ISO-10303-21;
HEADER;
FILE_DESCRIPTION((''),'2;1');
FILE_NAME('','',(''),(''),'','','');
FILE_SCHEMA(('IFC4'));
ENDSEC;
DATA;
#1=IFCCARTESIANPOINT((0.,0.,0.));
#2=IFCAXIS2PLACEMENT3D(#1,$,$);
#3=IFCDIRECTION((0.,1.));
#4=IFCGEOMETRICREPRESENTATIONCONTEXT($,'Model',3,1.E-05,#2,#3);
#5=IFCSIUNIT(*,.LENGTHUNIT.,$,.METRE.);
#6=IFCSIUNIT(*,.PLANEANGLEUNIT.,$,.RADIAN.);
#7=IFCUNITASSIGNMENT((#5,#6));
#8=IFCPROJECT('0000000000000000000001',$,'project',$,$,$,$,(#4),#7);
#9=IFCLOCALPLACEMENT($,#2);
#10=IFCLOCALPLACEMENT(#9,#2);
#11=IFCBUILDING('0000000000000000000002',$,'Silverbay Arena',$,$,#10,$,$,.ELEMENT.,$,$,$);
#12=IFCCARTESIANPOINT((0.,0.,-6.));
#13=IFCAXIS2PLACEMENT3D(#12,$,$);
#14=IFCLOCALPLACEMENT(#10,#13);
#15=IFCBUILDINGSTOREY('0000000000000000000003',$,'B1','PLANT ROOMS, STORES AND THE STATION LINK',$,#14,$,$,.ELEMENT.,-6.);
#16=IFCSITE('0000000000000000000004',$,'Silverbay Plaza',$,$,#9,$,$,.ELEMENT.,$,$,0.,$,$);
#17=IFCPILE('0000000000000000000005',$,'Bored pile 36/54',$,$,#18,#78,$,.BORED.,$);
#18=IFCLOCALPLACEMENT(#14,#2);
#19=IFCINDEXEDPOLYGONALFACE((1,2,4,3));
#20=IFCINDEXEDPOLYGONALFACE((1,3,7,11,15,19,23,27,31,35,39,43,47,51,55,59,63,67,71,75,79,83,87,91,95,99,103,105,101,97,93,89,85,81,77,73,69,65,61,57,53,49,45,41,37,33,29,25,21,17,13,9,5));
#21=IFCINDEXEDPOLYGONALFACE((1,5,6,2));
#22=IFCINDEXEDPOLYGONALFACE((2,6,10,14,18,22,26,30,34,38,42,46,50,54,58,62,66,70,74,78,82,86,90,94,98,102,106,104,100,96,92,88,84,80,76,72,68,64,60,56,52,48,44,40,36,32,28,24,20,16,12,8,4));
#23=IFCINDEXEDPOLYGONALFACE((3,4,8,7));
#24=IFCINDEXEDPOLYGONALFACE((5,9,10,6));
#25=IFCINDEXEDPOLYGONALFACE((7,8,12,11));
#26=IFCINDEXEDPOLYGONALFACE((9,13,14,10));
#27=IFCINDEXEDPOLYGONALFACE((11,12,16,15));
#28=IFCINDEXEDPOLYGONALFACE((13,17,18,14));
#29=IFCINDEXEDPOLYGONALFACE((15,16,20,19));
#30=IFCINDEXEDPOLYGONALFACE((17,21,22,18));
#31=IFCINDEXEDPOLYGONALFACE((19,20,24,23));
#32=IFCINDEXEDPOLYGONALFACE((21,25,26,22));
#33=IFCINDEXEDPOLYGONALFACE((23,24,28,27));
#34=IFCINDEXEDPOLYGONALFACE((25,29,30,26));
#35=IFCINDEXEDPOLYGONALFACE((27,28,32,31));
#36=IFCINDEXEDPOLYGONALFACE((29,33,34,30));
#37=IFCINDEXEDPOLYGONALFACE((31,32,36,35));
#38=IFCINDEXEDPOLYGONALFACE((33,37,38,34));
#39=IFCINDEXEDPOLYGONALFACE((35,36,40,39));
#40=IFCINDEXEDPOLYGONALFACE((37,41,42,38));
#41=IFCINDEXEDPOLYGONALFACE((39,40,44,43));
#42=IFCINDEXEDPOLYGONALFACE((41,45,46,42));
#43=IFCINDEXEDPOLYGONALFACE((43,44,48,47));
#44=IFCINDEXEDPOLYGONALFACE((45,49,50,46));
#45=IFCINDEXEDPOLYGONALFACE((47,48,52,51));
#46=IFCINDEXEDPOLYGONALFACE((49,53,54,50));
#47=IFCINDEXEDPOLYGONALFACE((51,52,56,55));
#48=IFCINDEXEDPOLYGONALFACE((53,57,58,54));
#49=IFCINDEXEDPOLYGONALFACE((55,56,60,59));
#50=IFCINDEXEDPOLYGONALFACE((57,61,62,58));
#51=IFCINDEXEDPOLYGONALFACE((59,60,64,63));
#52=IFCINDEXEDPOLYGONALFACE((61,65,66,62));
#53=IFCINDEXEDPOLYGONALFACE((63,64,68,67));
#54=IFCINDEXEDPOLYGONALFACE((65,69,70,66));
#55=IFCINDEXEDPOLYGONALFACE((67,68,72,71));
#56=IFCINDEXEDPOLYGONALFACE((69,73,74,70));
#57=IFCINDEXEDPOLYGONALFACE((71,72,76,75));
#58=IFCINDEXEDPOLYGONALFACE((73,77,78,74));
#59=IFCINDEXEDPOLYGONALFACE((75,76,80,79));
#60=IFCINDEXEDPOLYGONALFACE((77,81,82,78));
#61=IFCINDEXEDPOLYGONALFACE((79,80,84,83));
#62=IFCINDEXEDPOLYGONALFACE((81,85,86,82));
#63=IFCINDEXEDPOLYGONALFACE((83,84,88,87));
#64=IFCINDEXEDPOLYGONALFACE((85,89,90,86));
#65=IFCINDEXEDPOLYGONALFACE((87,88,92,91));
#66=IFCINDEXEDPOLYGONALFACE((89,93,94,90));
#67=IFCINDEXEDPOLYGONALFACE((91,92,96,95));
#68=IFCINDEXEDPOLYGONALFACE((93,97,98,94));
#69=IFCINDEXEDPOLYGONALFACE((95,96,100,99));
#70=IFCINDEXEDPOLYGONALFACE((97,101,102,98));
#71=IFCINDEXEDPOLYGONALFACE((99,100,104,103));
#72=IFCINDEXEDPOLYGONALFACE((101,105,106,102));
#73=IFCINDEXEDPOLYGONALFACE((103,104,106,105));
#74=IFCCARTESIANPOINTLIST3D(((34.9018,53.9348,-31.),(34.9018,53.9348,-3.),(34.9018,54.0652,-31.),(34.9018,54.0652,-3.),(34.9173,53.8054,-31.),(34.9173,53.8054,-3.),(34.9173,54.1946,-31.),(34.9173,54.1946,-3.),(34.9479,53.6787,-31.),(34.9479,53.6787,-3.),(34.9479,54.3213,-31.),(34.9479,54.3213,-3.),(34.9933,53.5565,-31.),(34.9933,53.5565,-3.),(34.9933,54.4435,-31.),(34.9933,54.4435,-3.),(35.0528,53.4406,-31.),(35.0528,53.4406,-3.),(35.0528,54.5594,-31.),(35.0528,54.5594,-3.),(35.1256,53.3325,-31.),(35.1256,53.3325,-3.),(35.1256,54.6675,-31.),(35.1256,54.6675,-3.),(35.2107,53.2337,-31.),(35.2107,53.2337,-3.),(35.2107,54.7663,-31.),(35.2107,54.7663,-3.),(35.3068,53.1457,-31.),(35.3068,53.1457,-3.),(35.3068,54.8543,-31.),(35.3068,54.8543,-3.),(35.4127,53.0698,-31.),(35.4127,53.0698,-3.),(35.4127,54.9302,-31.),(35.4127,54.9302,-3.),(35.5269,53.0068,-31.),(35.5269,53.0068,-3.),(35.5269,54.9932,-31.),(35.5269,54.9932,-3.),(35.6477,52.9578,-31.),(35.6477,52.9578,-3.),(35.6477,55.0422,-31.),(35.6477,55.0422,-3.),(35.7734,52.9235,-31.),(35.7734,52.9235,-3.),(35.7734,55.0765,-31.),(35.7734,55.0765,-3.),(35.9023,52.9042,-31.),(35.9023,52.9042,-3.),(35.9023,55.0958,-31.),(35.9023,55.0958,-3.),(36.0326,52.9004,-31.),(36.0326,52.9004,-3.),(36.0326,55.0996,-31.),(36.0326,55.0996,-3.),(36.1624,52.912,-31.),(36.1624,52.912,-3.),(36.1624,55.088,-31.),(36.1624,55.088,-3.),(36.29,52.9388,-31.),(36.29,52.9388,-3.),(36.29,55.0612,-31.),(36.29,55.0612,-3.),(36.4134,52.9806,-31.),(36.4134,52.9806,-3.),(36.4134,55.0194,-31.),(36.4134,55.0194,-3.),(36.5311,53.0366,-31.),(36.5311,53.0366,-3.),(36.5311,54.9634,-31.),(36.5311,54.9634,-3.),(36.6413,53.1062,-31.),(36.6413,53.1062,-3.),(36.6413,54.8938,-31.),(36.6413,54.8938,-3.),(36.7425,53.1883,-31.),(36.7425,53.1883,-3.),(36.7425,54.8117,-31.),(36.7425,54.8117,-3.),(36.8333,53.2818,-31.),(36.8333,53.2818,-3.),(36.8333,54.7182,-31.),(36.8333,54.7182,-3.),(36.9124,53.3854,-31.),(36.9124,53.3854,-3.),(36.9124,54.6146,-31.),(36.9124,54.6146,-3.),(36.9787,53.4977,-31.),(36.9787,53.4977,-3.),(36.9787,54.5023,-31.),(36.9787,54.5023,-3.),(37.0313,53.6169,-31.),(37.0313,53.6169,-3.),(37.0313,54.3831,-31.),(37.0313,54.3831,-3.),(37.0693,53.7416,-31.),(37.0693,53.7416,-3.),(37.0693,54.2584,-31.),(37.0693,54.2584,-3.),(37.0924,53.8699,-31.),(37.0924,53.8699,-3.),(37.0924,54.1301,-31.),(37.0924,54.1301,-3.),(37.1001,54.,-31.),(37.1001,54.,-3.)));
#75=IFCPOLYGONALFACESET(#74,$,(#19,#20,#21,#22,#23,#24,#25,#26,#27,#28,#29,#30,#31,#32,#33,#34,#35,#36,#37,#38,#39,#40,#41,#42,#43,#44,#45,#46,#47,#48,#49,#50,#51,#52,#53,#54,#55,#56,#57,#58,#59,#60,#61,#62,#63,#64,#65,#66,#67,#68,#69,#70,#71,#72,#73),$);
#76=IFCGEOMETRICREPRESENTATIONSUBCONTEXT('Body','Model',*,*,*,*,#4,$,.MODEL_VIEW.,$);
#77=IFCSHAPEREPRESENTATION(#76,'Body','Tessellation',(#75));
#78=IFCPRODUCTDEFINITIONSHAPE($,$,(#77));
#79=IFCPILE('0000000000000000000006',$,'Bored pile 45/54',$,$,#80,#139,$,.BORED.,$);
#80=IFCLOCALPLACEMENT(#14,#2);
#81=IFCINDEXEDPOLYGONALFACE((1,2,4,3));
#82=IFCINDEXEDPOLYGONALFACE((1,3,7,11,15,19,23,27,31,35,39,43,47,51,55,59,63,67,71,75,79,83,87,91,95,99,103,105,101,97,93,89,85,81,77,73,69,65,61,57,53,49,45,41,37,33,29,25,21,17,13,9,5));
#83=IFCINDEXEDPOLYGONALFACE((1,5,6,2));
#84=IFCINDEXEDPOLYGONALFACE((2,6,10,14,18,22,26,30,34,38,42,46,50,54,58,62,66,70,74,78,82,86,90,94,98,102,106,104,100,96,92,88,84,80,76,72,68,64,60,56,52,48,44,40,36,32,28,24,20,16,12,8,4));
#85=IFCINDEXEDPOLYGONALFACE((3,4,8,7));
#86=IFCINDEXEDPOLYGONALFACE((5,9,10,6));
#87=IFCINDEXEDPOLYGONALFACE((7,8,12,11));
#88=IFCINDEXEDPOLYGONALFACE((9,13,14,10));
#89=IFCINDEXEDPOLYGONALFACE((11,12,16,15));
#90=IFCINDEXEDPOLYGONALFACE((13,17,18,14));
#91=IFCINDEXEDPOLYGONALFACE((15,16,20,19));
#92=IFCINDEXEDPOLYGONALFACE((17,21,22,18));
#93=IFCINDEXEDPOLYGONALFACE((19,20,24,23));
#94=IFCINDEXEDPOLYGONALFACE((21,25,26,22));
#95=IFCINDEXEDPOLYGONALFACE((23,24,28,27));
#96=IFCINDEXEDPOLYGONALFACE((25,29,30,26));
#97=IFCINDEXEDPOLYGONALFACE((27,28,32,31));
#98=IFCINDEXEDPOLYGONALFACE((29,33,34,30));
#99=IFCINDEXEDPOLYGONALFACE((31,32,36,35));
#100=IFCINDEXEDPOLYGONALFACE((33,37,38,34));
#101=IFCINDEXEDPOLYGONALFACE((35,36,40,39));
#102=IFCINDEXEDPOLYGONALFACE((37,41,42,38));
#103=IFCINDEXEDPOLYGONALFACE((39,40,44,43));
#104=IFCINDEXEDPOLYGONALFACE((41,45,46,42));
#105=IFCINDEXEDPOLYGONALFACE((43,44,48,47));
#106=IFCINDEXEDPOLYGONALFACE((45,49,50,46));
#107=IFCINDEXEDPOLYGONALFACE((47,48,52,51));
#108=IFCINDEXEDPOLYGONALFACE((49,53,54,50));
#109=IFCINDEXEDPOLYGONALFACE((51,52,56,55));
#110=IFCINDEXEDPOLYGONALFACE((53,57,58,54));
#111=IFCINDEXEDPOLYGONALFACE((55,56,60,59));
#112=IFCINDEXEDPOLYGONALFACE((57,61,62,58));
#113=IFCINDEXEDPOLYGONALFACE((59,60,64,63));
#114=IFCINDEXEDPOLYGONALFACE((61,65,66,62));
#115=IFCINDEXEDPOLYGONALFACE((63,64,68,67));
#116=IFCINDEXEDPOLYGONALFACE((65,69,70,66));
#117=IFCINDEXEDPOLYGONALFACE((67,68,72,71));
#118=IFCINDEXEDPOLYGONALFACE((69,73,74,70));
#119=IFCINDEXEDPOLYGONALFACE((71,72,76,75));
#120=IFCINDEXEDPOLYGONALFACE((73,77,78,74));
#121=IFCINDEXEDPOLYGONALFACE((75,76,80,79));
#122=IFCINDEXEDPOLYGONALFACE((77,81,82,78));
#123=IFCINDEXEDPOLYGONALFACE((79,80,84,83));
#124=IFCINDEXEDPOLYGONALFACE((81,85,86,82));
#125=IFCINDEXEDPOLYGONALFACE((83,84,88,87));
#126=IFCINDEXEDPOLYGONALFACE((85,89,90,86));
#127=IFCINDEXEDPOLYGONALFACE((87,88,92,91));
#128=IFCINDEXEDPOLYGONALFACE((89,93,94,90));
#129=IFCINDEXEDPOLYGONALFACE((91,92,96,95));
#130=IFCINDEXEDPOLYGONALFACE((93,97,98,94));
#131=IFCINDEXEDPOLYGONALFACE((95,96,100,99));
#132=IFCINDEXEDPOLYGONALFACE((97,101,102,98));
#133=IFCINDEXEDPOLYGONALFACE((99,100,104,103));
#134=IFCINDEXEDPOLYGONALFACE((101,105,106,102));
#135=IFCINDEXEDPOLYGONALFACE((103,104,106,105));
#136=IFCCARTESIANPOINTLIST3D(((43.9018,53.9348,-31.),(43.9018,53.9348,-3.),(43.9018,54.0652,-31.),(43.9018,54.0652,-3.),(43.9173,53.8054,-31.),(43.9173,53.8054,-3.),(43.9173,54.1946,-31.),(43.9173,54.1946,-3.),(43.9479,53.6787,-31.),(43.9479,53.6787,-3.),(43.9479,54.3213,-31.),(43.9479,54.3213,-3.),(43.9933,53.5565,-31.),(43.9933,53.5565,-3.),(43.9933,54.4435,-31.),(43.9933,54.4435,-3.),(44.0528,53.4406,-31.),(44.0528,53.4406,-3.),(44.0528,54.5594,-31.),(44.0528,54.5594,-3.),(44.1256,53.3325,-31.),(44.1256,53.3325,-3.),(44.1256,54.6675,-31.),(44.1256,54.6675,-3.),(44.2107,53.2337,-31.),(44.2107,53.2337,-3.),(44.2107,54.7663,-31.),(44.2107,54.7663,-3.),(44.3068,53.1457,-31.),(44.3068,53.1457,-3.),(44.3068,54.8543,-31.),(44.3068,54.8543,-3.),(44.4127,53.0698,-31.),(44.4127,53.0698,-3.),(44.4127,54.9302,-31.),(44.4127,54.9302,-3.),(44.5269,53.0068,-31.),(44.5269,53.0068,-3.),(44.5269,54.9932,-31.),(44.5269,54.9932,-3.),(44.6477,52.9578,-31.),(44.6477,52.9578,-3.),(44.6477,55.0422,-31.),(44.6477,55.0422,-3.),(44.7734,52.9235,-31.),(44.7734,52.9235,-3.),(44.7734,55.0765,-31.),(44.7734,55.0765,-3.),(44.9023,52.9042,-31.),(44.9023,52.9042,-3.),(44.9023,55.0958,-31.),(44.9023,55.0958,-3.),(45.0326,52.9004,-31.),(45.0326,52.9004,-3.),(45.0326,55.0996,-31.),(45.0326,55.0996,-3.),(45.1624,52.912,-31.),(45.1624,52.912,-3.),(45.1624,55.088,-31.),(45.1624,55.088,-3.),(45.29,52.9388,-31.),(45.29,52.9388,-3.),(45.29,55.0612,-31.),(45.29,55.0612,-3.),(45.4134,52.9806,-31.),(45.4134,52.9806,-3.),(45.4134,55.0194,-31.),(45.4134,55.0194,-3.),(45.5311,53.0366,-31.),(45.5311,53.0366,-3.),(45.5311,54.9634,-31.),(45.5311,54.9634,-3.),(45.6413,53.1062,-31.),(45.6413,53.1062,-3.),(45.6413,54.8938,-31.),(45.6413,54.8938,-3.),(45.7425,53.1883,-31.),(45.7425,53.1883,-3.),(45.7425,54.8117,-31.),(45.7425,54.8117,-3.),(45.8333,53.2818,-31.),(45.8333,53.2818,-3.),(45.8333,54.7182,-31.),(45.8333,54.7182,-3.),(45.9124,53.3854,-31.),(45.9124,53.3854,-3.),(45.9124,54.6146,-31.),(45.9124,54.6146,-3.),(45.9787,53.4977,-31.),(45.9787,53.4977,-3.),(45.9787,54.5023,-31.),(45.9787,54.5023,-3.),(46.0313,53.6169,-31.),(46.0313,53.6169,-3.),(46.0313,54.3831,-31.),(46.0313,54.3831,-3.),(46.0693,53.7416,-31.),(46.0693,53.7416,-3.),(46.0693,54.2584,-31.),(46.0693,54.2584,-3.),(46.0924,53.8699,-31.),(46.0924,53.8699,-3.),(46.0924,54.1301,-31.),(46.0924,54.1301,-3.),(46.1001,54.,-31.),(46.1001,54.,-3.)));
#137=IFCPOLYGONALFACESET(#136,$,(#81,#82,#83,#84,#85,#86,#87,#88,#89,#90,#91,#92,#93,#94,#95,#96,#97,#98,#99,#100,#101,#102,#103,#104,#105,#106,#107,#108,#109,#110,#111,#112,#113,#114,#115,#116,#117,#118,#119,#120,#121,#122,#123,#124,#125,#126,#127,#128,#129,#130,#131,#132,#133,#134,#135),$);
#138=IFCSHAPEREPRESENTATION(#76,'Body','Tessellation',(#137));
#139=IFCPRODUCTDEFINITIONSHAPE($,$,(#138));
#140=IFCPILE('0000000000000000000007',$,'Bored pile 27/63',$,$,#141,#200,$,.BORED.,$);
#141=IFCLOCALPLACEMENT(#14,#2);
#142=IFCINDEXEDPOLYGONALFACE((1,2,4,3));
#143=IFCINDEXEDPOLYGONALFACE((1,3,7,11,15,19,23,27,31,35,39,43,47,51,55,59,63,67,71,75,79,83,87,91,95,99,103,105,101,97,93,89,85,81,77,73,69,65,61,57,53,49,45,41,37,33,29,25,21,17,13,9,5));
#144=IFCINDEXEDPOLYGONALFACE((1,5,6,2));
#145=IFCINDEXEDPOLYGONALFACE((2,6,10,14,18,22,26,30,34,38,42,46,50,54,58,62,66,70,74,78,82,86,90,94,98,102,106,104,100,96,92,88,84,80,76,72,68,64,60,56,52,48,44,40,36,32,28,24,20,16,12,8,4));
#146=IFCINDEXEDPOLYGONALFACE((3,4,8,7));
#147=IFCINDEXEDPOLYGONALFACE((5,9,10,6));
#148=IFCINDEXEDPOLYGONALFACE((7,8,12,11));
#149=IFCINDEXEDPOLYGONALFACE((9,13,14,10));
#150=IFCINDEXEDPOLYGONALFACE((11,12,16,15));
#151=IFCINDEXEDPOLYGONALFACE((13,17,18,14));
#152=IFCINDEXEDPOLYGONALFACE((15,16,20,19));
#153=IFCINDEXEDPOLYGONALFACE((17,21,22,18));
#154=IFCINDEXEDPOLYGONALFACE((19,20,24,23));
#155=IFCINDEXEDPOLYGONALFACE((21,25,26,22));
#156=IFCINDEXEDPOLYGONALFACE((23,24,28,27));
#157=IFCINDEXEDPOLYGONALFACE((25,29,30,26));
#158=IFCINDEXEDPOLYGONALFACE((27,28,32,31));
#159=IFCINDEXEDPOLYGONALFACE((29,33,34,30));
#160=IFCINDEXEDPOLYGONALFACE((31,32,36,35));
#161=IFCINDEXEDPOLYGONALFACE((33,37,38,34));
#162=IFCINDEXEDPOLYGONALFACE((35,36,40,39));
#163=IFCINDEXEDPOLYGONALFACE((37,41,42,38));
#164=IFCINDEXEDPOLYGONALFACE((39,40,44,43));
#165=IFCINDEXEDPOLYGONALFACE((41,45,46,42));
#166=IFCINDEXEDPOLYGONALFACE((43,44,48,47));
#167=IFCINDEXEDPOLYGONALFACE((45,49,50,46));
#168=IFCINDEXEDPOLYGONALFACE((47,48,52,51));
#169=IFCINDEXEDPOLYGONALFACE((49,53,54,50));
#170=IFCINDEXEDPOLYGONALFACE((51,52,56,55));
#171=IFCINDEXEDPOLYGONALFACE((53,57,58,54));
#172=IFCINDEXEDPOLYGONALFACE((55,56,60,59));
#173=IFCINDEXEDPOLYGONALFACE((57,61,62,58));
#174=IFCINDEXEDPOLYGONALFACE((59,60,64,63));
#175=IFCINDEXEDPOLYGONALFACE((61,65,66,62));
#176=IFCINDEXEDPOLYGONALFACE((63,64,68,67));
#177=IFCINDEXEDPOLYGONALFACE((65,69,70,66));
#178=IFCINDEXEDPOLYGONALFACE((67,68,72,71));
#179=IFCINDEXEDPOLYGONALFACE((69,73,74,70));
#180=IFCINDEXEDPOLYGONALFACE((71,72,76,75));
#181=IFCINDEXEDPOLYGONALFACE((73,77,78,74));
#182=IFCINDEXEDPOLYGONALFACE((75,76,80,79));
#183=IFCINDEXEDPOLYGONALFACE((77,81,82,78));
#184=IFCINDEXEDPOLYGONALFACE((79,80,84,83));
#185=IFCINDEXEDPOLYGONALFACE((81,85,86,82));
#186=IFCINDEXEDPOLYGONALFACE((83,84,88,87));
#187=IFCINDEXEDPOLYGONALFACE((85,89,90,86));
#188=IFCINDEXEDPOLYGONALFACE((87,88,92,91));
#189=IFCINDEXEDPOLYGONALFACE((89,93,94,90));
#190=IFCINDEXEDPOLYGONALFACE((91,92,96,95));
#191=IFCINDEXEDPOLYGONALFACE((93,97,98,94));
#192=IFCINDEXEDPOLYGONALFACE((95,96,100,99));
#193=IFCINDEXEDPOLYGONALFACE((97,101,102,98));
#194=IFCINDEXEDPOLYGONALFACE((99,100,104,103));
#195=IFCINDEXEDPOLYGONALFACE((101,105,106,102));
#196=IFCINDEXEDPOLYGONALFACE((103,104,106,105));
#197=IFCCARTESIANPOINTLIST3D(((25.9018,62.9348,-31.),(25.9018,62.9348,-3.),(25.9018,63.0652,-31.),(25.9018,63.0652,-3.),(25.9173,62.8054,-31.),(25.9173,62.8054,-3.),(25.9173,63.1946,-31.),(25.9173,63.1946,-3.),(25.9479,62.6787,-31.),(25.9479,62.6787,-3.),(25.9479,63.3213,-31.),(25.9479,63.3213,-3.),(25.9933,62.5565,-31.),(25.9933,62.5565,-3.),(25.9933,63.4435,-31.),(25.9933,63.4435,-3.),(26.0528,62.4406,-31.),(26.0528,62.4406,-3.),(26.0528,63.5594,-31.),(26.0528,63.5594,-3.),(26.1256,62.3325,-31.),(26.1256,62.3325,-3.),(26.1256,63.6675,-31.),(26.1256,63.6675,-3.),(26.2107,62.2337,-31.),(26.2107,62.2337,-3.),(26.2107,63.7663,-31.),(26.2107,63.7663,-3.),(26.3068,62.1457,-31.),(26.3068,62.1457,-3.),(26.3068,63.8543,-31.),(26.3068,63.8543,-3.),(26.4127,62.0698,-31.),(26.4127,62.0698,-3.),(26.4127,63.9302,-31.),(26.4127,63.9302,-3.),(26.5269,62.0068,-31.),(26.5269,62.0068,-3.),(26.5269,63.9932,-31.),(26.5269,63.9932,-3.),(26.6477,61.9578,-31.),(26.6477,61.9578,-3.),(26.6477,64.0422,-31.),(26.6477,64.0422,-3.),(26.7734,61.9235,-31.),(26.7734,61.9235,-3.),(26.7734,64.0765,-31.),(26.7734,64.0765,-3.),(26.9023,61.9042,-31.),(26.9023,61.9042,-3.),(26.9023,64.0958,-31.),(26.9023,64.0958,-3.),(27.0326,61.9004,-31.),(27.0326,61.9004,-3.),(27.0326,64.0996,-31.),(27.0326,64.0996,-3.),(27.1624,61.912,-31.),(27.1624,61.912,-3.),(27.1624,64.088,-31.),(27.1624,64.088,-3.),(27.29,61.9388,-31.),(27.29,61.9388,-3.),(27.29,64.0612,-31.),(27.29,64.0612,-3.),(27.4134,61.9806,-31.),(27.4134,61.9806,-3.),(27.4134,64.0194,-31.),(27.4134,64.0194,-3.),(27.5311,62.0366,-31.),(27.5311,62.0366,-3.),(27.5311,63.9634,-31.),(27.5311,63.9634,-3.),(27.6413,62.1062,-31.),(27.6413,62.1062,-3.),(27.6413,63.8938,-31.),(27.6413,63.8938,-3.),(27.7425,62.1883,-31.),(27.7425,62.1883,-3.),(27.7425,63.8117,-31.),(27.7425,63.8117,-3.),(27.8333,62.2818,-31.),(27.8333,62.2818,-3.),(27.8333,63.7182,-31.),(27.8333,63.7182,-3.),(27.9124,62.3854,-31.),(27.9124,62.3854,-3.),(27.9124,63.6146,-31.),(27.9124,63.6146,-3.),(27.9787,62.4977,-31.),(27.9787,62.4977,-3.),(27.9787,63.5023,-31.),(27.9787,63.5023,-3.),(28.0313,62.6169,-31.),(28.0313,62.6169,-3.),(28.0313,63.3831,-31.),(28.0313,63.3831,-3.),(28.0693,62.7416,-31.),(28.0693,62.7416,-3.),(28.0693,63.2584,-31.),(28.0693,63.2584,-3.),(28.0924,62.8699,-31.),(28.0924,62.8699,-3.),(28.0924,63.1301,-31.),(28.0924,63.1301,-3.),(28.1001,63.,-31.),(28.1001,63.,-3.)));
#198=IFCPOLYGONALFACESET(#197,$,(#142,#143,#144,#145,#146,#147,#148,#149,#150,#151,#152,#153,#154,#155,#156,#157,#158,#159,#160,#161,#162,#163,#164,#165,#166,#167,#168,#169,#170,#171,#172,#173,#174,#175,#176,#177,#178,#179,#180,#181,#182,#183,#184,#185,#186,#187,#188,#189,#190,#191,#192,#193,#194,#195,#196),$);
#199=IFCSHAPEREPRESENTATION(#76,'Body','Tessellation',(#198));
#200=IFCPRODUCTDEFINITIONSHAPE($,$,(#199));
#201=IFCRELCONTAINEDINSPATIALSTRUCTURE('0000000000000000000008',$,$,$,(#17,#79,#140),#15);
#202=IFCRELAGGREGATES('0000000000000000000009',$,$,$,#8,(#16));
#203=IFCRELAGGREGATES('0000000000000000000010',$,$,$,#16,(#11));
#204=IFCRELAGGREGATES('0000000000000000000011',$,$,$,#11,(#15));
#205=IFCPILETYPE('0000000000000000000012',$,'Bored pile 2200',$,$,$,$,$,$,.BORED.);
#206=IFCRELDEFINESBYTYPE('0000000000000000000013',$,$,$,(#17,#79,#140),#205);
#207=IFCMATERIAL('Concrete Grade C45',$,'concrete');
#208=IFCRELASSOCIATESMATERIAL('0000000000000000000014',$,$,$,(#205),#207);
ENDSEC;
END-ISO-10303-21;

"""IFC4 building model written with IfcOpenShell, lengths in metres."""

from ifc_helpers import new_model, si_unit, direction, frame, origin, origin_2d, place, context, subcontext, project, spatial, circle, extrude, material, material_profile, profile_set, type_object, element, save


model = new_model("IFC4")

# Units and contexts
model_context = context("Model", 3, precision=1e-05, world=origin(), true_north=direction((0.0, 1.0)))
body_context = subcontext(model_context, "Body", "Model", "MODEL_VIEW")
ifc_project = project(units=[si_unit("LENGTHUNIT", "METRE"), si_unit("PLANEANGLEUNIT", "RADIAN")], contexts=[model_context])

# Site, building, storey
site_placement = place(None, origin())
site = spatial("IfcSite", under=ifc_project, at=site_placement, Name="Silverbay Plaza", CompositionType="ELEMENT", RefElevation=0.0)
building_placement = place(site_placement, origin())
building = spatial("IfcBuilding", under=site, at=building_placement, Name="Silverbay Arena", CompositionType="ELEMENT")
storey_placement = place(building_placement, frame((0.0, 0.0, -6.0)))
storey = spatial("IfcBuildingStorey", under=building, at=storey_placement, Name="B1", Description="PLANT ROOMS, STORES AND THE STATION LINK", CompositionType="ELEMENT", Elevation=-6.0)

# Piles
ifc_material_1 = material(Name="Concrete Grade C45", Category="concrete")
ifc_material_profile_1 = material_profile(ifc_material_1, circle(Radius=1.1001, at=origin_2d()), Name="Bored pile 2200")
ifc_profile_set_1 = profile_set([ifc_material_profile_1], Name="Concrete Grade C45")
pile_type_1 = type_object("IfcPileType", Name="Bored pile 2200", PredefinedType="BORED", material=ifc_profile_set_1)
for number, where, z_axis, x_axis, name in (
    (1, (36.0, 54.0, -3.0), (0.0, 0.0, -1.0), (1.0, 0.0, 0.0), "Bored pile 36/54"),
    (2, (45.0, 54.0, -3.0), (0.0, 0.0, -1.0), (1.0, 0.0, 0.0), "Bored pile 45/54"),
    (3, (27.0, 63.0, -3.0), (0.0, 0.0, -1.0), (1.0, 0.0, 0.0), "Bored pile 27/63"),
):
    element("IfcPile", number, at=place(storey_placement, frame(where, z_axis=z_axis, x_axis=x_axis)), inside=storey, type_object=pile_type_1, Name=name, PredefinedType="BORED", context=body_context, shape_type="SweptSolid", body=[
        extrude(circle(Radius=1.1001, at=origin_2d()), origin(), (0.0, 0.0, 1.0), 28.0),
    ])

save(model, "model.ifc")
